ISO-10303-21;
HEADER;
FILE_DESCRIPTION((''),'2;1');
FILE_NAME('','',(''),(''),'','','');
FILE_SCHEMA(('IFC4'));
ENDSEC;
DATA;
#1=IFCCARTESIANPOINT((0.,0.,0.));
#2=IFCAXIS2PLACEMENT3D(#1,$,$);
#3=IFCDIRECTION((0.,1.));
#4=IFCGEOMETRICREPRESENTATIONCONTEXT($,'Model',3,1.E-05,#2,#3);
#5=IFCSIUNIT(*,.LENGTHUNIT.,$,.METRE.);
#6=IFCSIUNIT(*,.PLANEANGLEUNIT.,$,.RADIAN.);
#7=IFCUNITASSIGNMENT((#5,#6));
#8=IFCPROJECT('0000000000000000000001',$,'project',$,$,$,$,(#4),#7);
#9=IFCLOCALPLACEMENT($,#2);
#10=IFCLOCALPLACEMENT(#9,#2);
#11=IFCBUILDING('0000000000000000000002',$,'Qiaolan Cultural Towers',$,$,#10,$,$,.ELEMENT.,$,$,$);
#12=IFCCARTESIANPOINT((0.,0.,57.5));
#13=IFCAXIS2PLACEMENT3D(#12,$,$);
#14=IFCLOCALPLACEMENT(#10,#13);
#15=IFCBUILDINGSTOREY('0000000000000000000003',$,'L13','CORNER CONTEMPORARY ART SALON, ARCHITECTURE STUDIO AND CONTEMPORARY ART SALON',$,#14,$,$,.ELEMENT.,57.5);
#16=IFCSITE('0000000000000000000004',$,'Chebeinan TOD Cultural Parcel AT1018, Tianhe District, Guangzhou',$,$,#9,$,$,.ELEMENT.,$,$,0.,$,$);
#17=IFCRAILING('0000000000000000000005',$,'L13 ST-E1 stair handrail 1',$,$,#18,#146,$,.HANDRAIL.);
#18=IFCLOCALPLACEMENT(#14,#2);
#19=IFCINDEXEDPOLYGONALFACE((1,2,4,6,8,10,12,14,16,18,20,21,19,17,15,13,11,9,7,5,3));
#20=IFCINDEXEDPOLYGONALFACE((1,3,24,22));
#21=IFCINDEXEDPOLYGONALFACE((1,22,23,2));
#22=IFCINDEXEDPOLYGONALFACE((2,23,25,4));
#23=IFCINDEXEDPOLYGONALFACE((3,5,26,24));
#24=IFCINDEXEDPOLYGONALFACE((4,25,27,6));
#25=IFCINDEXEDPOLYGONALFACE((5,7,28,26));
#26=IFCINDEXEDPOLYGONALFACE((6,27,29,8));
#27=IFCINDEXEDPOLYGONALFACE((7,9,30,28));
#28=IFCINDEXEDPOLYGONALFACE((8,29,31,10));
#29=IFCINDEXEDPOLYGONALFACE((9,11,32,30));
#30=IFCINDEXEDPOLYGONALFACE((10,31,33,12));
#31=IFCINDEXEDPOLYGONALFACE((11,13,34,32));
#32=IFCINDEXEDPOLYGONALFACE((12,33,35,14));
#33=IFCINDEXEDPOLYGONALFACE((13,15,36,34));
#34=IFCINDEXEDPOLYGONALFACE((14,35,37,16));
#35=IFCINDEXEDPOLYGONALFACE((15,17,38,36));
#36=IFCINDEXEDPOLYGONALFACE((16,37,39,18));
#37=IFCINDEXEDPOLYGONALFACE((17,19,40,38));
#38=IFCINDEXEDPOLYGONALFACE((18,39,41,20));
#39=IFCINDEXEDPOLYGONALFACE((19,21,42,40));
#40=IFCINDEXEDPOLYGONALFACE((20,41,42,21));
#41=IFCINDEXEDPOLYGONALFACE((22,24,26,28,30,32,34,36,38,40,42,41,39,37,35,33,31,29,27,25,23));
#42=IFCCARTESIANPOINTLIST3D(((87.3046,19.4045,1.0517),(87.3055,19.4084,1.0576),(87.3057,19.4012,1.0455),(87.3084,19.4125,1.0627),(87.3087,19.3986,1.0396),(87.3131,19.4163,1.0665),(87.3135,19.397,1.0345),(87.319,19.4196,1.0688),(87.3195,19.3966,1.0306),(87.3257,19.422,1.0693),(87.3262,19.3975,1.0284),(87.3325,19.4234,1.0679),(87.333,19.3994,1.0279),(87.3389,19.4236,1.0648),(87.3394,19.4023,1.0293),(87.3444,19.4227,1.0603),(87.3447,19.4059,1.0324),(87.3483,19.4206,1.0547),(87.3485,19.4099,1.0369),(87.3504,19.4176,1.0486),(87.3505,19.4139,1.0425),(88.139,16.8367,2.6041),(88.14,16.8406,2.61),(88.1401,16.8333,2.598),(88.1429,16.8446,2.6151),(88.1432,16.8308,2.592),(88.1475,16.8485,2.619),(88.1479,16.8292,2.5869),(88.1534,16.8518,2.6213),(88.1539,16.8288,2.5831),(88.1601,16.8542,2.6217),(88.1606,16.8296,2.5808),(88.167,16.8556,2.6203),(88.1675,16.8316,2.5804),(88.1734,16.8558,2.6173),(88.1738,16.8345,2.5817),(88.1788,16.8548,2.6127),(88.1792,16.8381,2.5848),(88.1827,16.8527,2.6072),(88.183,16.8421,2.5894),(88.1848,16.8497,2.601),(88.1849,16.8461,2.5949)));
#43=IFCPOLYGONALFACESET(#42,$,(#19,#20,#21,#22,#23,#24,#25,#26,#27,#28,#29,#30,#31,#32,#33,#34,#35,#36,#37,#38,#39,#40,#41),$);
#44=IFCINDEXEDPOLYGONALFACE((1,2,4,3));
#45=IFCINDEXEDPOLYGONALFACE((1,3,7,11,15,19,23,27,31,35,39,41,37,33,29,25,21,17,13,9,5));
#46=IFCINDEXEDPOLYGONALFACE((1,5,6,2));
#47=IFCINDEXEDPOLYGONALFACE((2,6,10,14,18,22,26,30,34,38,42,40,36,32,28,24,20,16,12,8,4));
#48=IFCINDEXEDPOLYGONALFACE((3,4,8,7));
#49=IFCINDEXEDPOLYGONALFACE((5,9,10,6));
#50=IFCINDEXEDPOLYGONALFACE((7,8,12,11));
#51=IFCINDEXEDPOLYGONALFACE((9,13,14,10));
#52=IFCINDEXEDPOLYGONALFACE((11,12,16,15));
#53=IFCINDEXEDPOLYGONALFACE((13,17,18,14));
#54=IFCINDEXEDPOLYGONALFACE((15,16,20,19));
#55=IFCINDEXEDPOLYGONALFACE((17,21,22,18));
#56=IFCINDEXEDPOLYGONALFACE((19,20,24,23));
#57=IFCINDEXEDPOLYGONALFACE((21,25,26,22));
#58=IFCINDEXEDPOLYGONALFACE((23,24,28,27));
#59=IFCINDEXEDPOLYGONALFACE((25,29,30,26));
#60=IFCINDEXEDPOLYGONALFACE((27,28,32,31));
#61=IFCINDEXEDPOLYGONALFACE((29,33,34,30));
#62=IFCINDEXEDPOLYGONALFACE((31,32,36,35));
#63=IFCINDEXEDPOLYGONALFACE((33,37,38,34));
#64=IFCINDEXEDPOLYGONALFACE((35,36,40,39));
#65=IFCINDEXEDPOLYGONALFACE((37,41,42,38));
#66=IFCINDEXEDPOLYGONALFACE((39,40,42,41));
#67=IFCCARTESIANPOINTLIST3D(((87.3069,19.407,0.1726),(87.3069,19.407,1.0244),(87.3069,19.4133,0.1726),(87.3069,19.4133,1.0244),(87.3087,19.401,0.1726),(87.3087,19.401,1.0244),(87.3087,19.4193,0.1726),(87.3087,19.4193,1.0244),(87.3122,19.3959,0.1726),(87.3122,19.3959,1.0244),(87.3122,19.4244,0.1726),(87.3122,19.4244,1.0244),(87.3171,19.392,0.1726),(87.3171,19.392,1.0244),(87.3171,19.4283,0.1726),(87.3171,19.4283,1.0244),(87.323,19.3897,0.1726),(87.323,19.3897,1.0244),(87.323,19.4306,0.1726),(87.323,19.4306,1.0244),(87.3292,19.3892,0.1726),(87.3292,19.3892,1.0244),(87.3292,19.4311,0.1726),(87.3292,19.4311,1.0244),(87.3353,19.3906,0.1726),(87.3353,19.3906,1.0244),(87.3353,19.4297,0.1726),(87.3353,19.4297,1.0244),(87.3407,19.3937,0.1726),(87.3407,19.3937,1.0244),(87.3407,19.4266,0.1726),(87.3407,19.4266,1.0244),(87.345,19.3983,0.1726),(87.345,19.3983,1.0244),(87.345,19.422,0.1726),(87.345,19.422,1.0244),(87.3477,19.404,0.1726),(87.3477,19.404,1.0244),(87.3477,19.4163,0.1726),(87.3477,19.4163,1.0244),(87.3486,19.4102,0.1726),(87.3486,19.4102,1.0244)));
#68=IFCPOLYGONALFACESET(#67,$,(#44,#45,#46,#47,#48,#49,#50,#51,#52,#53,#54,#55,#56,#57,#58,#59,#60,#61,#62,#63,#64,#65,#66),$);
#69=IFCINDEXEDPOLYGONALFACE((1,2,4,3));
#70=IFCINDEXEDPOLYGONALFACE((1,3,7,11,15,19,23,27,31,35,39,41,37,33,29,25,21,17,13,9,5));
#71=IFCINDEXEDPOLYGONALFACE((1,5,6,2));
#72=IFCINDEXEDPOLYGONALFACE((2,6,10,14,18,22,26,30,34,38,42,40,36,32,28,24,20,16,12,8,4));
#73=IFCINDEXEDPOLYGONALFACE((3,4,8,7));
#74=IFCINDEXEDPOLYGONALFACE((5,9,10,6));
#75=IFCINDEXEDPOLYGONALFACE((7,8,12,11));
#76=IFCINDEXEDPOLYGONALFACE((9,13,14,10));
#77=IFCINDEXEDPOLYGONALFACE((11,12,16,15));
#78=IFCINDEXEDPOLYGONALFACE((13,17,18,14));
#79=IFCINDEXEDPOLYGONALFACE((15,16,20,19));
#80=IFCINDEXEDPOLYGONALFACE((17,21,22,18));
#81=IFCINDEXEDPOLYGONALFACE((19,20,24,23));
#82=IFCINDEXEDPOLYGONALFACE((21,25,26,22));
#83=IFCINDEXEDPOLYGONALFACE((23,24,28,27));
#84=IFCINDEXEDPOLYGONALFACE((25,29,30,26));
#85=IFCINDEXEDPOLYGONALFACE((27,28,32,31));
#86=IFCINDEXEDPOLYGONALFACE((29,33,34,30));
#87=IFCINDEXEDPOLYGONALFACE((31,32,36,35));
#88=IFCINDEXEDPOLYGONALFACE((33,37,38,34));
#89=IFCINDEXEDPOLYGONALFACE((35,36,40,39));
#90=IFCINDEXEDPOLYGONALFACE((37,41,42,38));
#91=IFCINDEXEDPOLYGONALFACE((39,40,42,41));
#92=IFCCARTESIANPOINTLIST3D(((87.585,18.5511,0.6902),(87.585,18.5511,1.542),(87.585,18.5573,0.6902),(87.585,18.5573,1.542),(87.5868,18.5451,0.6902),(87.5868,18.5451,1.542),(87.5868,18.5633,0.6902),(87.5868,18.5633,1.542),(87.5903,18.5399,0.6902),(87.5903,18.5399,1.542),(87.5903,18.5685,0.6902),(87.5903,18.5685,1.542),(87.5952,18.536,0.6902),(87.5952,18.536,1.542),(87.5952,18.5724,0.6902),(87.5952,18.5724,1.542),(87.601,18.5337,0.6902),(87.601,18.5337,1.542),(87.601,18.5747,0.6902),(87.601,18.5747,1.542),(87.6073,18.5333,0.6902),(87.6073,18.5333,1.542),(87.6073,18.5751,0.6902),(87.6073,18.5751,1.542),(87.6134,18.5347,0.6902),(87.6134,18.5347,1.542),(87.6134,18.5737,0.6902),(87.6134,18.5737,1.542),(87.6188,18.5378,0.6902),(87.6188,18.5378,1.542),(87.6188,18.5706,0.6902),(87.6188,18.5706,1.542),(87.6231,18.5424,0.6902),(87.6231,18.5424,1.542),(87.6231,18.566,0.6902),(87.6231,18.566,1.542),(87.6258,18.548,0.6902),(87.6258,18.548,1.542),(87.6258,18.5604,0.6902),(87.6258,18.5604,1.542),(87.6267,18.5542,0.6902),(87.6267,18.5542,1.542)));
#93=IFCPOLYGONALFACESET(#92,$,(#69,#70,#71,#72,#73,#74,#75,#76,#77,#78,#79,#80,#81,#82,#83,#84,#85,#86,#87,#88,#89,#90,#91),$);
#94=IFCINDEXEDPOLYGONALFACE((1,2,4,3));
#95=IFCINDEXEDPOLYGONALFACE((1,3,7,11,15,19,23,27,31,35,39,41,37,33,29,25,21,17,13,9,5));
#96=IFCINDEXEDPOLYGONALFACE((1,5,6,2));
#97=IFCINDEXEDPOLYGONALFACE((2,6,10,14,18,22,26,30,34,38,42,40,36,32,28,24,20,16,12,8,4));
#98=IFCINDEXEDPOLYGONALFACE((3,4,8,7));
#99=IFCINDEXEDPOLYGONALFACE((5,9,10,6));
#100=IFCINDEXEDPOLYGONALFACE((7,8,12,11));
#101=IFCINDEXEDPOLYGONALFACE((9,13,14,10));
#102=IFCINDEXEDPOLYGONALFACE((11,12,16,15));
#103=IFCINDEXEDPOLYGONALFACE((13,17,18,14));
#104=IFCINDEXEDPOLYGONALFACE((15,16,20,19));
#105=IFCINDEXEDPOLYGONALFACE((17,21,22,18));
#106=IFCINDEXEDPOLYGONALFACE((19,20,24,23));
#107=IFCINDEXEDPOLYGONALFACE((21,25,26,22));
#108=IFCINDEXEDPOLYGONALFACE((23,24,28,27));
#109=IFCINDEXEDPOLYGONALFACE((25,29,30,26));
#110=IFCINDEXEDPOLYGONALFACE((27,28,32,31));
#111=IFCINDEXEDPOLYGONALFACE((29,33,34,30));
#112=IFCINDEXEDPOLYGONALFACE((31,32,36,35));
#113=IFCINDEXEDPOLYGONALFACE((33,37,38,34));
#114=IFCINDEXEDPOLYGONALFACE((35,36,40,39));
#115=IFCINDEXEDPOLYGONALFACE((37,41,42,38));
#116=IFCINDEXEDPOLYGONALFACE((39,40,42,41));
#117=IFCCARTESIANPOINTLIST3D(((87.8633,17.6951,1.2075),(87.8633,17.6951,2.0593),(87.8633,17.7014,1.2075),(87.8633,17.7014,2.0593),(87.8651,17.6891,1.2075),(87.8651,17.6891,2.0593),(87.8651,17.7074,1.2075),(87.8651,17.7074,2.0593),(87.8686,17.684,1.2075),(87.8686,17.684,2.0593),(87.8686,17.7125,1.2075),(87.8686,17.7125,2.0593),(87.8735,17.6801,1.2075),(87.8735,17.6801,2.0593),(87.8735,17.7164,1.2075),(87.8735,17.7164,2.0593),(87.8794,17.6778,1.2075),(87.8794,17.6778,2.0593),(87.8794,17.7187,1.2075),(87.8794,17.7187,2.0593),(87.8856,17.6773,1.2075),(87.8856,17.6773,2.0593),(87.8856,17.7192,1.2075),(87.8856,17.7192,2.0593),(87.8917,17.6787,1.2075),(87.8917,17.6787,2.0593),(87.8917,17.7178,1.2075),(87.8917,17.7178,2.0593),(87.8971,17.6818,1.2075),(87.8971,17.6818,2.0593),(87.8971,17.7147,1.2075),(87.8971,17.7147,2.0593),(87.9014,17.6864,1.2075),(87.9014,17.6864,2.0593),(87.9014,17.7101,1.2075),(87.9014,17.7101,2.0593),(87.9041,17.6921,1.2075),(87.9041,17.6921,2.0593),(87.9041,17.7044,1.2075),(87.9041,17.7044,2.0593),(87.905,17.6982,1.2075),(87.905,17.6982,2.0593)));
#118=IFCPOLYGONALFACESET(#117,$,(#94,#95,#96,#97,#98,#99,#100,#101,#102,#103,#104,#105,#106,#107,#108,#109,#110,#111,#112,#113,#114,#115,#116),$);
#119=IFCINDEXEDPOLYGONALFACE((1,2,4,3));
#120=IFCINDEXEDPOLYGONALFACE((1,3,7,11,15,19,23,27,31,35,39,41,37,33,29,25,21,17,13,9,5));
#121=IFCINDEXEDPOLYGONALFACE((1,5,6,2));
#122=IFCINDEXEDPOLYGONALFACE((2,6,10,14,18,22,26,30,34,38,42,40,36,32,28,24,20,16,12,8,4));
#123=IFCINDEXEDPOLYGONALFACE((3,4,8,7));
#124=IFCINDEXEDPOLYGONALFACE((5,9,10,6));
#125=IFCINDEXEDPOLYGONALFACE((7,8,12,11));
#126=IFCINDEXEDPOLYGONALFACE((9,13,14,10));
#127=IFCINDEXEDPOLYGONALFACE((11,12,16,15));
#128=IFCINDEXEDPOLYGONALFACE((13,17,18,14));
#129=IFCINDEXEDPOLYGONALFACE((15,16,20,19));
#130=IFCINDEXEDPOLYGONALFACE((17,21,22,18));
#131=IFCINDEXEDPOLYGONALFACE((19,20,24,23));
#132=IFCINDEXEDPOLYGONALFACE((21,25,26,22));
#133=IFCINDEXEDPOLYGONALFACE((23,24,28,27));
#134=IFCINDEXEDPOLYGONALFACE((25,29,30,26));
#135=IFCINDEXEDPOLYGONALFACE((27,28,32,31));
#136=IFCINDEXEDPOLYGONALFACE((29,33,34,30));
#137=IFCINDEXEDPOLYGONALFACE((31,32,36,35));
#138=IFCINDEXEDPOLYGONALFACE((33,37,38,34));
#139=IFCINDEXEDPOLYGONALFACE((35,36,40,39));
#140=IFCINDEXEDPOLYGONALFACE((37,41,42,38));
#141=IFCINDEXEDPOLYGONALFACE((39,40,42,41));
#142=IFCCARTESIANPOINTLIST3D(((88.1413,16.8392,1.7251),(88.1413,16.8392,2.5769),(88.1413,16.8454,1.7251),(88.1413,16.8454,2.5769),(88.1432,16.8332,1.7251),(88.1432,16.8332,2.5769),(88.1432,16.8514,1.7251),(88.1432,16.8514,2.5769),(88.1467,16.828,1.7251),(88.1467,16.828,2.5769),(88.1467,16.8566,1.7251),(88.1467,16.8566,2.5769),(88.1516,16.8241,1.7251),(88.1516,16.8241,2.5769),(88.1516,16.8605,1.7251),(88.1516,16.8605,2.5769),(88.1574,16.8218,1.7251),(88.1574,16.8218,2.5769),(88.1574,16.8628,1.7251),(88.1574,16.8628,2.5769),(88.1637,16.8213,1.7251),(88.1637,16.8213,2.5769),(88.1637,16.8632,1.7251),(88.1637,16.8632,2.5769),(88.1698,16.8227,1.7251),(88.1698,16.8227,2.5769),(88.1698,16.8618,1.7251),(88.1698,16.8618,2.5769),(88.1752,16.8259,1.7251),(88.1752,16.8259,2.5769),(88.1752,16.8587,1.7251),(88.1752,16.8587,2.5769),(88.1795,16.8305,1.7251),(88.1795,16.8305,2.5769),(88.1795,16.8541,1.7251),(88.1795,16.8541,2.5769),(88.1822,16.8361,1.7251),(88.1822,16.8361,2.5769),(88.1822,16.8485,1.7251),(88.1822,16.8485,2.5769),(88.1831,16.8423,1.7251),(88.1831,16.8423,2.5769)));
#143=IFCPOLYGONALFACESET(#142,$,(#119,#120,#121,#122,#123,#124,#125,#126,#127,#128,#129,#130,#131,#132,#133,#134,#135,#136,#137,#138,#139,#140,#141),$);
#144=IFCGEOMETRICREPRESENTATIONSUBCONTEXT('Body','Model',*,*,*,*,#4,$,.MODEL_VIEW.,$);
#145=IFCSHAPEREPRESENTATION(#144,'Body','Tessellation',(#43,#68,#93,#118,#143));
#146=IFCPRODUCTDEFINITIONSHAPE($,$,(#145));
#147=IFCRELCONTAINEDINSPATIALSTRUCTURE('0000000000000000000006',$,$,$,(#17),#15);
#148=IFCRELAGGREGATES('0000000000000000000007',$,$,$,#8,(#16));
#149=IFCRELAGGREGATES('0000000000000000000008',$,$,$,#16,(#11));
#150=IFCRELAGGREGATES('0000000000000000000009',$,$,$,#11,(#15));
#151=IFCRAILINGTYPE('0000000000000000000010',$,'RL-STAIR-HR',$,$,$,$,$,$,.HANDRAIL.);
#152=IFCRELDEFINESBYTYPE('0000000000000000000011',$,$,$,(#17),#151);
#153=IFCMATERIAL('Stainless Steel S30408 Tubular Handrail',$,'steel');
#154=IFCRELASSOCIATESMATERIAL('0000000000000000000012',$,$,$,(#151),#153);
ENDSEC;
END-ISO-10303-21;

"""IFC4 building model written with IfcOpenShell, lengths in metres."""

from ifc_helpers import new_model, si_unit, direction, frame, origin, origin_2d, place, context, subcontext, project, spatial, circle, extrude, material, type_object, element, save


model = new_model("IFC4")

# Units and contexts
model_context = context("Model", 3, precision=1e-05, world=origin(), true_north=direction((0.0, 1.0)))
body_context = subcontext(model_context, "Body", "Model", "MODEL_VIEW")
ifc_project = project(units=[si_unit("LENGTHUNIT", "METRE"), si_unit("PLANEANGLEUNIT", "RADIAN")], contexts=[model_context])

# Site, building, storey
site_placement = place(None, origin())
site = spatial("IfcSite", under=ifc_project, at=site_placement, Name="Chebeinan TOD Cultural Parcel AT1018, Tianhe District, Guangzhou", CompositionType="ELEMENT", RefElevation=0.0)
building_placement = place(site_placement, origin())
building = spatial("IfcBuilding", under=site, at=building_placement, Name="Qiaolan Cultural Towers", CompositionType="ELEMENT")
storey_placement = place(building_placement, frame((0.0, 0.0, 57.5)))
storey = spatial("IfcBuildingStorey", under=building, at=storey_placement, Name="L13", Description="CORNER CONTEMPORARY ART SALON, ARCHITECTURE STUDIO AND CONTEMPORARY ART SALON", CompositionType="ELEMENT", Elevation=57.5)

# Railing
ifc_material_1 = material(Name="Stainless Steel S30408 Tubular Handrail", Category="steel")
railing_type = type_object("IfcRailingType", Name="RL-STAIR-HR", PredefinedType="HANDRAIL", material=ifc_material_1)
railing_placement = place(storey_placement, frame((87.3276, 19.4102, 0.1726)))
element("IfcRailing", 1, at=railing_placement, inside=storey, type_object=railing_type, Name="L13 ST-E1 stair handrail 1", PredefinedType="HANDRAIL", context=body_context, shape_type="SweptSolid", body=[
    extrude(circle(Radius=0.0239, at=origin_2d()), frame((0.0, 0.0, 0.876), z_axis=(0.267926, -0.824471, 0.498461), x_axis=(0.951043, 0.309057, 0.0)), (0.0, 0.0, 1.0), 3.1145),
    extrude(circle(Radius=0.021, at=origin_2d()), origin(), (0.0, 0.0, 1.0), 0.8518),
    extrude(circle(Radius=0.021, at=origin_2d()), frame((0.2781, -0.856, 0.5176)), (0.0, 0.0, 1.0), 0.8518),
    extrude(circle(Radius=0.021, at=origin_2d()), frame((0.5564, -1.7119, 1.0349)), (0.0, 0.0, 1.0), 0.8518),
    extrude(circle(Radius=0.021, at=origin_2d()), frame((0.8345, -2.5679, 1.5525)), (0.0, 0.0, 1.0), 0.8518),
])

save(model, "model.ifc")
